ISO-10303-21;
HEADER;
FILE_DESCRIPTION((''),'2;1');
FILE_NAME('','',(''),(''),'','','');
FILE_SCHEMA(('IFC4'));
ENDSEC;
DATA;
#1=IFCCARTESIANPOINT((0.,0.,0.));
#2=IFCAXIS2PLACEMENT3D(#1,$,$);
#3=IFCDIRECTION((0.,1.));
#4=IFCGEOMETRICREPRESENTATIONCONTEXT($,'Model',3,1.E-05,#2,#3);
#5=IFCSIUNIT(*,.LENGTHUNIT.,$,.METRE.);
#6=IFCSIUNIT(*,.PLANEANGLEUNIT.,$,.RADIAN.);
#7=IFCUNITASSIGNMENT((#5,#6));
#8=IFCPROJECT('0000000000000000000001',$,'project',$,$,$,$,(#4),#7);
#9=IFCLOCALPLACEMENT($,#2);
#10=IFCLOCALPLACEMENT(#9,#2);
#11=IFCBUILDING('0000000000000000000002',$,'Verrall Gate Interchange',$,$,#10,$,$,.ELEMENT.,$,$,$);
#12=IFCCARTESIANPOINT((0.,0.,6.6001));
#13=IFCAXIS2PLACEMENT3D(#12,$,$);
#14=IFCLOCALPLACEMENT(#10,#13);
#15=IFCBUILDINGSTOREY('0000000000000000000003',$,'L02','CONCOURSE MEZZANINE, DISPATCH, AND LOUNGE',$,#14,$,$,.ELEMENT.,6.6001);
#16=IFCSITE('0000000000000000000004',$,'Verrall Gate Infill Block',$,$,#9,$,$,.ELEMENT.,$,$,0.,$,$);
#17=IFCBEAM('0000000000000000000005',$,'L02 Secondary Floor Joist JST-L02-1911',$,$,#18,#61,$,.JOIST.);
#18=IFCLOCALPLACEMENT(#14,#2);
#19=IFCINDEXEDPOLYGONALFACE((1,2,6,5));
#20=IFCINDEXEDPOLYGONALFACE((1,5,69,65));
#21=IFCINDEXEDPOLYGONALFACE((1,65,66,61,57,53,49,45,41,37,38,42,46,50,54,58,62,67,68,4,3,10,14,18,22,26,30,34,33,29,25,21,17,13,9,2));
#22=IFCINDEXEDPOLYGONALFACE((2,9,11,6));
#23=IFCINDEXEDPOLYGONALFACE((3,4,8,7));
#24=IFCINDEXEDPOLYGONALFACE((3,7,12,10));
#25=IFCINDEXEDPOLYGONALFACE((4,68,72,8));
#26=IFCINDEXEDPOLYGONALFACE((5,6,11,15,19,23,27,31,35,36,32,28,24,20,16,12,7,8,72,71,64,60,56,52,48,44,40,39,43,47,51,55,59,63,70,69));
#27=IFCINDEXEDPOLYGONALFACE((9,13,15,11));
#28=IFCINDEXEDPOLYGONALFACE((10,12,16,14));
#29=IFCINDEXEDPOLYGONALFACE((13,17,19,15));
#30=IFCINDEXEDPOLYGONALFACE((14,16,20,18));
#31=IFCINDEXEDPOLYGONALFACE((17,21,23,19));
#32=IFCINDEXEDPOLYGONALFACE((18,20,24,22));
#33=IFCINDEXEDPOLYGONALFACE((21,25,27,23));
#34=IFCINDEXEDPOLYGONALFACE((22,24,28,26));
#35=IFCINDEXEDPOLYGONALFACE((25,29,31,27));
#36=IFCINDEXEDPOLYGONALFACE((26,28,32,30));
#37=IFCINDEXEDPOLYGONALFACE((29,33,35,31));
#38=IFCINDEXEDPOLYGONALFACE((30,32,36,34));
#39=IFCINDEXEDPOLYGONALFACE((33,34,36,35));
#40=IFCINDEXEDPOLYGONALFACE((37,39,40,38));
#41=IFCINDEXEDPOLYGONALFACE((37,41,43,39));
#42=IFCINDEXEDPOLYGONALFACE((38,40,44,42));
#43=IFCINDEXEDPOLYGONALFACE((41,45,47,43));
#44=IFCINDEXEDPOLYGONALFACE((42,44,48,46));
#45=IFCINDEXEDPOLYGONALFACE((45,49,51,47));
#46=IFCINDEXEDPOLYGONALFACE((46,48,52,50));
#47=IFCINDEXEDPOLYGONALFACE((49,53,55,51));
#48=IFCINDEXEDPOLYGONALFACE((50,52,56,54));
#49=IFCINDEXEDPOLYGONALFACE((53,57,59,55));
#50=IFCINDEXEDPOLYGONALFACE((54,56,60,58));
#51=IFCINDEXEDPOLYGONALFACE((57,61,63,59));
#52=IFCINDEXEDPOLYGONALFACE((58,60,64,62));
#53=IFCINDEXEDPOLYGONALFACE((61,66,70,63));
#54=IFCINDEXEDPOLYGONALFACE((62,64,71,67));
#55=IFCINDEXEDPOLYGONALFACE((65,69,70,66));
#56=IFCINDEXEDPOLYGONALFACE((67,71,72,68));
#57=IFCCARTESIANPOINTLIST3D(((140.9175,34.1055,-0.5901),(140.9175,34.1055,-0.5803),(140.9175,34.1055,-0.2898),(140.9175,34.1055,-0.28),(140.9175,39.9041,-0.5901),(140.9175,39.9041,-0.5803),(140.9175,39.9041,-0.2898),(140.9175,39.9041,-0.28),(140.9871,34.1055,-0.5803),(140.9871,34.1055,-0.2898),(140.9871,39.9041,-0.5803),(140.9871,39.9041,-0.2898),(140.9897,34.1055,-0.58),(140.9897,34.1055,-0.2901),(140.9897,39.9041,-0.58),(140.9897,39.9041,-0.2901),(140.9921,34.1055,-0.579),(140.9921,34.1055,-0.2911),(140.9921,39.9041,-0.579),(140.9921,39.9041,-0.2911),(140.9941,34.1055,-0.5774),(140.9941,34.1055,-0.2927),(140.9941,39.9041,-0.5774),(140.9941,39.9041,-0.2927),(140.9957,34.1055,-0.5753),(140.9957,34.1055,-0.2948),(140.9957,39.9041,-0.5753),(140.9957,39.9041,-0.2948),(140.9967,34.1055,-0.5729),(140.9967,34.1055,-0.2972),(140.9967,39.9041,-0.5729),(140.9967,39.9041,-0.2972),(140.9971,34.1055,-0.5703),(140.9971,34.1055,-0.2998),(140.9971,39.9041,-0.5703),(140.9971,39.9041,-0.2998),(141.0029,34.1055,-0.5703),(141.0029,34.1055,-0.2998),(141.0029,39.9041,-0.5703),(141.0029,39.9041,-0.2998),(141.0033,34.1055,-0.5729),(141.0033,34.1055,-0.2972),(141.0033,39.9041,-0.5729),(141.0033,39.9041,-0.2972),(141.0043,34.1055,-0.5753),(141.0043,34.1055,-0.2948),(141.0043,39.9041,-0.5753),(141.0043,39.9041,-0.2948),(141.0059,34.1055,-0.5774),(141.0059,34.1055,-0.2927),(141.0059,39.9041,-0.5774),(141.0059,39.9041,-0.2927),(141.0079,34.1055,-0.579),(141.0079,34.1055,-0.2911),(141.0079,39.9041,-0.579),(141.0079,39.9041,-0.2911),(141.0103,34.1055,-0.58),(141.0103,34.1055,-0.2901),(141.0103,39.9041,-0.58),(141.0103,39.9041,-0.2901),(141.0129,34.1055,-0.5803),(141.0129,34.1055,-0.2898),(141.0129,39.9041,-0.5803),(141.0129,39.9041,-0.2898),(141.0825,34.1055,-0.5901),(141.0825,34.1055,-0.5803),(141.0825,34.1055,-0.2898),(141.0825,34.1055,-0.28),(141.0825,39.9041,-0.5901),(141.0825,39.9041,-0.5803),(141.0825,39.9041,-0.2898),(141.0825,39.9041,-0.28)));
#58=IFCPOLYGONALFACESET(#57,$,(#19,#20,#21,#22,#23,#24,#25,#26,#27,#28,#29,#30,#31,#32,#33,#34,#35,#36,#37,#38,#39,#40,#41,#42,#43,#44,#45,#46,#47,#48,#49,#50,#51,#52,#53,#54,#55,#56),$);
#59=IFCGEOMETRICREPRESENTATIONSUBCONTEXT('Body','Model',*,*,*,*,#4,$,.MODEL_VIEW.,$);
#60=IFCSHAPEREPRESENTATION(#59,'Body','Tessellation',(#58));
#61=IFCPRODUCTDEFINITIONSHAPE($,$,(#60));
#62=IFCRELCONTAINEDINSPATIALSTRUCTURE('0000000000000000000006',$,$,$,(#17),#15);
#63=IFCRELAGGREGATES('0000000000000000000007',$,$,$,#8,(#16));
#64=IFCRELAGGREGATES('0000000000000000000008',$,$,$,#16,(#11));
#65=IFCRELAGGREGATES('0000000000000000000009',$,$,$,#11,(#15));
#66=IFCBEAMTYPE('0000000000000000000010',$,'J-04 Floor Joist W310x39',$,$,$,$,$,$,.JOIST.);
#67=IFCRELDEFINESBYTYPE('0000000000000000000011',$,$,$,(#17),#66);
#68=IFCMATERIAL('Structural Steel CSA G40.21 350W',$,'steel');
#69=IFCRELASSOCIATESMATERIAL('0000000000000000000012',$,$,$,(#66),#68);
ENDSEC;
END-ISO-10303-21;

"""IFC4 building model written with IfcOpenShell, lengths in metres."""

from ifc_helpers import new_model, si_unit, direction, frame, origin, origin_2d, place, context, subcontext, project, spatial, i_section, extrude, material, material_profile, profile_set, type_object, element, save


model = new_model("IFC4")

# Units and contexts
model_context = context("Model", 3, precision=1e-05, world=origin(), true_north=direction((0.0, 1.0)))
body_context = subcontext(model_context, "Body", "Model", "MODEL_VIEW")
ifc_project = project(units=[si_unit("LENGTHUNIT", "METRE"), si_unit("PLANEANGLEUNIT", "RADIAN")], contexts=[model_context])

# Site, building, storey
site_placement = place(None, origin())
site = spatial("IfcSite", under=ifc_project, at=site_placement, Name="Verrall Gate Infill Block", CompositionType="ELEMENT", RefElevation=0.0)
building_placement = place(site_placement, origin())
building = spatial("IfcBuilding", under=site, at=building_placement, Name="Verrall Gate Interchange", CompositionType="ELEMENT")
storey_placement = place(building_placement, frame((0.0, 0.0, 6.6001)))
storey = spatial("IfcBuildingStorey", under=building, at=storey_placement, Name="L02", Description="CONCOURSE MEZZANINE, DISPATCH, AND LOUNGE", CompositionType="ELEMENT", Elevation=6.6001)

# Beam
ifc_material_1 = material(Name="Structural Steel CSA G40.21 350W", Category="steel")
ifc_material_profile_1 = material_profile(ifc_material_1, i_section(OverallWidth=0.165, OverallDepth=0.3101, WebThickness=0.0059, FlangeThickness=0.0098, FilletRadius=0.01, at=origin_2d()), Name="W310x39")
ifc_profile_set_1 = profile_set([ifc_material_profile_1], Name="Structural Steel CSA G40.21 350W")
beam_type_1 = type_object("IfcBeamType", Name="J-04 Floor Joist W310x39", PredefinedType="JOIST", material=ifc_profile_set_1)
for number, where, z_axis, x_axis, name in (
    (1, (141.0, 34.1055, -0.4351), (0.0, 1.0, 0.0), (-1.0, 0.0, 0.0), "L02 Secondary Floor Joist JST-L02-1911"),
):
    element("IfcBeam", number, at=place(storey_placement, frame(where, z_axis=z_axis, x_axis=x_axis)), inside=storey, type_object=beam_type_1, Name=name, PredefinedType="JOIST", context=body_context, shape_type="SweptSolid", body=[
        extrude(i_section(OverallWidth=0.165, OverallDepth=0.3101, WebThickness=0.0059, FlangeThickness=0.0098, FilletRadius=0.01, at=origin_2d()), origin(), (0.0, 0.0, 1.0), 5.7986),
    ])

save(model, "model.ifc")
